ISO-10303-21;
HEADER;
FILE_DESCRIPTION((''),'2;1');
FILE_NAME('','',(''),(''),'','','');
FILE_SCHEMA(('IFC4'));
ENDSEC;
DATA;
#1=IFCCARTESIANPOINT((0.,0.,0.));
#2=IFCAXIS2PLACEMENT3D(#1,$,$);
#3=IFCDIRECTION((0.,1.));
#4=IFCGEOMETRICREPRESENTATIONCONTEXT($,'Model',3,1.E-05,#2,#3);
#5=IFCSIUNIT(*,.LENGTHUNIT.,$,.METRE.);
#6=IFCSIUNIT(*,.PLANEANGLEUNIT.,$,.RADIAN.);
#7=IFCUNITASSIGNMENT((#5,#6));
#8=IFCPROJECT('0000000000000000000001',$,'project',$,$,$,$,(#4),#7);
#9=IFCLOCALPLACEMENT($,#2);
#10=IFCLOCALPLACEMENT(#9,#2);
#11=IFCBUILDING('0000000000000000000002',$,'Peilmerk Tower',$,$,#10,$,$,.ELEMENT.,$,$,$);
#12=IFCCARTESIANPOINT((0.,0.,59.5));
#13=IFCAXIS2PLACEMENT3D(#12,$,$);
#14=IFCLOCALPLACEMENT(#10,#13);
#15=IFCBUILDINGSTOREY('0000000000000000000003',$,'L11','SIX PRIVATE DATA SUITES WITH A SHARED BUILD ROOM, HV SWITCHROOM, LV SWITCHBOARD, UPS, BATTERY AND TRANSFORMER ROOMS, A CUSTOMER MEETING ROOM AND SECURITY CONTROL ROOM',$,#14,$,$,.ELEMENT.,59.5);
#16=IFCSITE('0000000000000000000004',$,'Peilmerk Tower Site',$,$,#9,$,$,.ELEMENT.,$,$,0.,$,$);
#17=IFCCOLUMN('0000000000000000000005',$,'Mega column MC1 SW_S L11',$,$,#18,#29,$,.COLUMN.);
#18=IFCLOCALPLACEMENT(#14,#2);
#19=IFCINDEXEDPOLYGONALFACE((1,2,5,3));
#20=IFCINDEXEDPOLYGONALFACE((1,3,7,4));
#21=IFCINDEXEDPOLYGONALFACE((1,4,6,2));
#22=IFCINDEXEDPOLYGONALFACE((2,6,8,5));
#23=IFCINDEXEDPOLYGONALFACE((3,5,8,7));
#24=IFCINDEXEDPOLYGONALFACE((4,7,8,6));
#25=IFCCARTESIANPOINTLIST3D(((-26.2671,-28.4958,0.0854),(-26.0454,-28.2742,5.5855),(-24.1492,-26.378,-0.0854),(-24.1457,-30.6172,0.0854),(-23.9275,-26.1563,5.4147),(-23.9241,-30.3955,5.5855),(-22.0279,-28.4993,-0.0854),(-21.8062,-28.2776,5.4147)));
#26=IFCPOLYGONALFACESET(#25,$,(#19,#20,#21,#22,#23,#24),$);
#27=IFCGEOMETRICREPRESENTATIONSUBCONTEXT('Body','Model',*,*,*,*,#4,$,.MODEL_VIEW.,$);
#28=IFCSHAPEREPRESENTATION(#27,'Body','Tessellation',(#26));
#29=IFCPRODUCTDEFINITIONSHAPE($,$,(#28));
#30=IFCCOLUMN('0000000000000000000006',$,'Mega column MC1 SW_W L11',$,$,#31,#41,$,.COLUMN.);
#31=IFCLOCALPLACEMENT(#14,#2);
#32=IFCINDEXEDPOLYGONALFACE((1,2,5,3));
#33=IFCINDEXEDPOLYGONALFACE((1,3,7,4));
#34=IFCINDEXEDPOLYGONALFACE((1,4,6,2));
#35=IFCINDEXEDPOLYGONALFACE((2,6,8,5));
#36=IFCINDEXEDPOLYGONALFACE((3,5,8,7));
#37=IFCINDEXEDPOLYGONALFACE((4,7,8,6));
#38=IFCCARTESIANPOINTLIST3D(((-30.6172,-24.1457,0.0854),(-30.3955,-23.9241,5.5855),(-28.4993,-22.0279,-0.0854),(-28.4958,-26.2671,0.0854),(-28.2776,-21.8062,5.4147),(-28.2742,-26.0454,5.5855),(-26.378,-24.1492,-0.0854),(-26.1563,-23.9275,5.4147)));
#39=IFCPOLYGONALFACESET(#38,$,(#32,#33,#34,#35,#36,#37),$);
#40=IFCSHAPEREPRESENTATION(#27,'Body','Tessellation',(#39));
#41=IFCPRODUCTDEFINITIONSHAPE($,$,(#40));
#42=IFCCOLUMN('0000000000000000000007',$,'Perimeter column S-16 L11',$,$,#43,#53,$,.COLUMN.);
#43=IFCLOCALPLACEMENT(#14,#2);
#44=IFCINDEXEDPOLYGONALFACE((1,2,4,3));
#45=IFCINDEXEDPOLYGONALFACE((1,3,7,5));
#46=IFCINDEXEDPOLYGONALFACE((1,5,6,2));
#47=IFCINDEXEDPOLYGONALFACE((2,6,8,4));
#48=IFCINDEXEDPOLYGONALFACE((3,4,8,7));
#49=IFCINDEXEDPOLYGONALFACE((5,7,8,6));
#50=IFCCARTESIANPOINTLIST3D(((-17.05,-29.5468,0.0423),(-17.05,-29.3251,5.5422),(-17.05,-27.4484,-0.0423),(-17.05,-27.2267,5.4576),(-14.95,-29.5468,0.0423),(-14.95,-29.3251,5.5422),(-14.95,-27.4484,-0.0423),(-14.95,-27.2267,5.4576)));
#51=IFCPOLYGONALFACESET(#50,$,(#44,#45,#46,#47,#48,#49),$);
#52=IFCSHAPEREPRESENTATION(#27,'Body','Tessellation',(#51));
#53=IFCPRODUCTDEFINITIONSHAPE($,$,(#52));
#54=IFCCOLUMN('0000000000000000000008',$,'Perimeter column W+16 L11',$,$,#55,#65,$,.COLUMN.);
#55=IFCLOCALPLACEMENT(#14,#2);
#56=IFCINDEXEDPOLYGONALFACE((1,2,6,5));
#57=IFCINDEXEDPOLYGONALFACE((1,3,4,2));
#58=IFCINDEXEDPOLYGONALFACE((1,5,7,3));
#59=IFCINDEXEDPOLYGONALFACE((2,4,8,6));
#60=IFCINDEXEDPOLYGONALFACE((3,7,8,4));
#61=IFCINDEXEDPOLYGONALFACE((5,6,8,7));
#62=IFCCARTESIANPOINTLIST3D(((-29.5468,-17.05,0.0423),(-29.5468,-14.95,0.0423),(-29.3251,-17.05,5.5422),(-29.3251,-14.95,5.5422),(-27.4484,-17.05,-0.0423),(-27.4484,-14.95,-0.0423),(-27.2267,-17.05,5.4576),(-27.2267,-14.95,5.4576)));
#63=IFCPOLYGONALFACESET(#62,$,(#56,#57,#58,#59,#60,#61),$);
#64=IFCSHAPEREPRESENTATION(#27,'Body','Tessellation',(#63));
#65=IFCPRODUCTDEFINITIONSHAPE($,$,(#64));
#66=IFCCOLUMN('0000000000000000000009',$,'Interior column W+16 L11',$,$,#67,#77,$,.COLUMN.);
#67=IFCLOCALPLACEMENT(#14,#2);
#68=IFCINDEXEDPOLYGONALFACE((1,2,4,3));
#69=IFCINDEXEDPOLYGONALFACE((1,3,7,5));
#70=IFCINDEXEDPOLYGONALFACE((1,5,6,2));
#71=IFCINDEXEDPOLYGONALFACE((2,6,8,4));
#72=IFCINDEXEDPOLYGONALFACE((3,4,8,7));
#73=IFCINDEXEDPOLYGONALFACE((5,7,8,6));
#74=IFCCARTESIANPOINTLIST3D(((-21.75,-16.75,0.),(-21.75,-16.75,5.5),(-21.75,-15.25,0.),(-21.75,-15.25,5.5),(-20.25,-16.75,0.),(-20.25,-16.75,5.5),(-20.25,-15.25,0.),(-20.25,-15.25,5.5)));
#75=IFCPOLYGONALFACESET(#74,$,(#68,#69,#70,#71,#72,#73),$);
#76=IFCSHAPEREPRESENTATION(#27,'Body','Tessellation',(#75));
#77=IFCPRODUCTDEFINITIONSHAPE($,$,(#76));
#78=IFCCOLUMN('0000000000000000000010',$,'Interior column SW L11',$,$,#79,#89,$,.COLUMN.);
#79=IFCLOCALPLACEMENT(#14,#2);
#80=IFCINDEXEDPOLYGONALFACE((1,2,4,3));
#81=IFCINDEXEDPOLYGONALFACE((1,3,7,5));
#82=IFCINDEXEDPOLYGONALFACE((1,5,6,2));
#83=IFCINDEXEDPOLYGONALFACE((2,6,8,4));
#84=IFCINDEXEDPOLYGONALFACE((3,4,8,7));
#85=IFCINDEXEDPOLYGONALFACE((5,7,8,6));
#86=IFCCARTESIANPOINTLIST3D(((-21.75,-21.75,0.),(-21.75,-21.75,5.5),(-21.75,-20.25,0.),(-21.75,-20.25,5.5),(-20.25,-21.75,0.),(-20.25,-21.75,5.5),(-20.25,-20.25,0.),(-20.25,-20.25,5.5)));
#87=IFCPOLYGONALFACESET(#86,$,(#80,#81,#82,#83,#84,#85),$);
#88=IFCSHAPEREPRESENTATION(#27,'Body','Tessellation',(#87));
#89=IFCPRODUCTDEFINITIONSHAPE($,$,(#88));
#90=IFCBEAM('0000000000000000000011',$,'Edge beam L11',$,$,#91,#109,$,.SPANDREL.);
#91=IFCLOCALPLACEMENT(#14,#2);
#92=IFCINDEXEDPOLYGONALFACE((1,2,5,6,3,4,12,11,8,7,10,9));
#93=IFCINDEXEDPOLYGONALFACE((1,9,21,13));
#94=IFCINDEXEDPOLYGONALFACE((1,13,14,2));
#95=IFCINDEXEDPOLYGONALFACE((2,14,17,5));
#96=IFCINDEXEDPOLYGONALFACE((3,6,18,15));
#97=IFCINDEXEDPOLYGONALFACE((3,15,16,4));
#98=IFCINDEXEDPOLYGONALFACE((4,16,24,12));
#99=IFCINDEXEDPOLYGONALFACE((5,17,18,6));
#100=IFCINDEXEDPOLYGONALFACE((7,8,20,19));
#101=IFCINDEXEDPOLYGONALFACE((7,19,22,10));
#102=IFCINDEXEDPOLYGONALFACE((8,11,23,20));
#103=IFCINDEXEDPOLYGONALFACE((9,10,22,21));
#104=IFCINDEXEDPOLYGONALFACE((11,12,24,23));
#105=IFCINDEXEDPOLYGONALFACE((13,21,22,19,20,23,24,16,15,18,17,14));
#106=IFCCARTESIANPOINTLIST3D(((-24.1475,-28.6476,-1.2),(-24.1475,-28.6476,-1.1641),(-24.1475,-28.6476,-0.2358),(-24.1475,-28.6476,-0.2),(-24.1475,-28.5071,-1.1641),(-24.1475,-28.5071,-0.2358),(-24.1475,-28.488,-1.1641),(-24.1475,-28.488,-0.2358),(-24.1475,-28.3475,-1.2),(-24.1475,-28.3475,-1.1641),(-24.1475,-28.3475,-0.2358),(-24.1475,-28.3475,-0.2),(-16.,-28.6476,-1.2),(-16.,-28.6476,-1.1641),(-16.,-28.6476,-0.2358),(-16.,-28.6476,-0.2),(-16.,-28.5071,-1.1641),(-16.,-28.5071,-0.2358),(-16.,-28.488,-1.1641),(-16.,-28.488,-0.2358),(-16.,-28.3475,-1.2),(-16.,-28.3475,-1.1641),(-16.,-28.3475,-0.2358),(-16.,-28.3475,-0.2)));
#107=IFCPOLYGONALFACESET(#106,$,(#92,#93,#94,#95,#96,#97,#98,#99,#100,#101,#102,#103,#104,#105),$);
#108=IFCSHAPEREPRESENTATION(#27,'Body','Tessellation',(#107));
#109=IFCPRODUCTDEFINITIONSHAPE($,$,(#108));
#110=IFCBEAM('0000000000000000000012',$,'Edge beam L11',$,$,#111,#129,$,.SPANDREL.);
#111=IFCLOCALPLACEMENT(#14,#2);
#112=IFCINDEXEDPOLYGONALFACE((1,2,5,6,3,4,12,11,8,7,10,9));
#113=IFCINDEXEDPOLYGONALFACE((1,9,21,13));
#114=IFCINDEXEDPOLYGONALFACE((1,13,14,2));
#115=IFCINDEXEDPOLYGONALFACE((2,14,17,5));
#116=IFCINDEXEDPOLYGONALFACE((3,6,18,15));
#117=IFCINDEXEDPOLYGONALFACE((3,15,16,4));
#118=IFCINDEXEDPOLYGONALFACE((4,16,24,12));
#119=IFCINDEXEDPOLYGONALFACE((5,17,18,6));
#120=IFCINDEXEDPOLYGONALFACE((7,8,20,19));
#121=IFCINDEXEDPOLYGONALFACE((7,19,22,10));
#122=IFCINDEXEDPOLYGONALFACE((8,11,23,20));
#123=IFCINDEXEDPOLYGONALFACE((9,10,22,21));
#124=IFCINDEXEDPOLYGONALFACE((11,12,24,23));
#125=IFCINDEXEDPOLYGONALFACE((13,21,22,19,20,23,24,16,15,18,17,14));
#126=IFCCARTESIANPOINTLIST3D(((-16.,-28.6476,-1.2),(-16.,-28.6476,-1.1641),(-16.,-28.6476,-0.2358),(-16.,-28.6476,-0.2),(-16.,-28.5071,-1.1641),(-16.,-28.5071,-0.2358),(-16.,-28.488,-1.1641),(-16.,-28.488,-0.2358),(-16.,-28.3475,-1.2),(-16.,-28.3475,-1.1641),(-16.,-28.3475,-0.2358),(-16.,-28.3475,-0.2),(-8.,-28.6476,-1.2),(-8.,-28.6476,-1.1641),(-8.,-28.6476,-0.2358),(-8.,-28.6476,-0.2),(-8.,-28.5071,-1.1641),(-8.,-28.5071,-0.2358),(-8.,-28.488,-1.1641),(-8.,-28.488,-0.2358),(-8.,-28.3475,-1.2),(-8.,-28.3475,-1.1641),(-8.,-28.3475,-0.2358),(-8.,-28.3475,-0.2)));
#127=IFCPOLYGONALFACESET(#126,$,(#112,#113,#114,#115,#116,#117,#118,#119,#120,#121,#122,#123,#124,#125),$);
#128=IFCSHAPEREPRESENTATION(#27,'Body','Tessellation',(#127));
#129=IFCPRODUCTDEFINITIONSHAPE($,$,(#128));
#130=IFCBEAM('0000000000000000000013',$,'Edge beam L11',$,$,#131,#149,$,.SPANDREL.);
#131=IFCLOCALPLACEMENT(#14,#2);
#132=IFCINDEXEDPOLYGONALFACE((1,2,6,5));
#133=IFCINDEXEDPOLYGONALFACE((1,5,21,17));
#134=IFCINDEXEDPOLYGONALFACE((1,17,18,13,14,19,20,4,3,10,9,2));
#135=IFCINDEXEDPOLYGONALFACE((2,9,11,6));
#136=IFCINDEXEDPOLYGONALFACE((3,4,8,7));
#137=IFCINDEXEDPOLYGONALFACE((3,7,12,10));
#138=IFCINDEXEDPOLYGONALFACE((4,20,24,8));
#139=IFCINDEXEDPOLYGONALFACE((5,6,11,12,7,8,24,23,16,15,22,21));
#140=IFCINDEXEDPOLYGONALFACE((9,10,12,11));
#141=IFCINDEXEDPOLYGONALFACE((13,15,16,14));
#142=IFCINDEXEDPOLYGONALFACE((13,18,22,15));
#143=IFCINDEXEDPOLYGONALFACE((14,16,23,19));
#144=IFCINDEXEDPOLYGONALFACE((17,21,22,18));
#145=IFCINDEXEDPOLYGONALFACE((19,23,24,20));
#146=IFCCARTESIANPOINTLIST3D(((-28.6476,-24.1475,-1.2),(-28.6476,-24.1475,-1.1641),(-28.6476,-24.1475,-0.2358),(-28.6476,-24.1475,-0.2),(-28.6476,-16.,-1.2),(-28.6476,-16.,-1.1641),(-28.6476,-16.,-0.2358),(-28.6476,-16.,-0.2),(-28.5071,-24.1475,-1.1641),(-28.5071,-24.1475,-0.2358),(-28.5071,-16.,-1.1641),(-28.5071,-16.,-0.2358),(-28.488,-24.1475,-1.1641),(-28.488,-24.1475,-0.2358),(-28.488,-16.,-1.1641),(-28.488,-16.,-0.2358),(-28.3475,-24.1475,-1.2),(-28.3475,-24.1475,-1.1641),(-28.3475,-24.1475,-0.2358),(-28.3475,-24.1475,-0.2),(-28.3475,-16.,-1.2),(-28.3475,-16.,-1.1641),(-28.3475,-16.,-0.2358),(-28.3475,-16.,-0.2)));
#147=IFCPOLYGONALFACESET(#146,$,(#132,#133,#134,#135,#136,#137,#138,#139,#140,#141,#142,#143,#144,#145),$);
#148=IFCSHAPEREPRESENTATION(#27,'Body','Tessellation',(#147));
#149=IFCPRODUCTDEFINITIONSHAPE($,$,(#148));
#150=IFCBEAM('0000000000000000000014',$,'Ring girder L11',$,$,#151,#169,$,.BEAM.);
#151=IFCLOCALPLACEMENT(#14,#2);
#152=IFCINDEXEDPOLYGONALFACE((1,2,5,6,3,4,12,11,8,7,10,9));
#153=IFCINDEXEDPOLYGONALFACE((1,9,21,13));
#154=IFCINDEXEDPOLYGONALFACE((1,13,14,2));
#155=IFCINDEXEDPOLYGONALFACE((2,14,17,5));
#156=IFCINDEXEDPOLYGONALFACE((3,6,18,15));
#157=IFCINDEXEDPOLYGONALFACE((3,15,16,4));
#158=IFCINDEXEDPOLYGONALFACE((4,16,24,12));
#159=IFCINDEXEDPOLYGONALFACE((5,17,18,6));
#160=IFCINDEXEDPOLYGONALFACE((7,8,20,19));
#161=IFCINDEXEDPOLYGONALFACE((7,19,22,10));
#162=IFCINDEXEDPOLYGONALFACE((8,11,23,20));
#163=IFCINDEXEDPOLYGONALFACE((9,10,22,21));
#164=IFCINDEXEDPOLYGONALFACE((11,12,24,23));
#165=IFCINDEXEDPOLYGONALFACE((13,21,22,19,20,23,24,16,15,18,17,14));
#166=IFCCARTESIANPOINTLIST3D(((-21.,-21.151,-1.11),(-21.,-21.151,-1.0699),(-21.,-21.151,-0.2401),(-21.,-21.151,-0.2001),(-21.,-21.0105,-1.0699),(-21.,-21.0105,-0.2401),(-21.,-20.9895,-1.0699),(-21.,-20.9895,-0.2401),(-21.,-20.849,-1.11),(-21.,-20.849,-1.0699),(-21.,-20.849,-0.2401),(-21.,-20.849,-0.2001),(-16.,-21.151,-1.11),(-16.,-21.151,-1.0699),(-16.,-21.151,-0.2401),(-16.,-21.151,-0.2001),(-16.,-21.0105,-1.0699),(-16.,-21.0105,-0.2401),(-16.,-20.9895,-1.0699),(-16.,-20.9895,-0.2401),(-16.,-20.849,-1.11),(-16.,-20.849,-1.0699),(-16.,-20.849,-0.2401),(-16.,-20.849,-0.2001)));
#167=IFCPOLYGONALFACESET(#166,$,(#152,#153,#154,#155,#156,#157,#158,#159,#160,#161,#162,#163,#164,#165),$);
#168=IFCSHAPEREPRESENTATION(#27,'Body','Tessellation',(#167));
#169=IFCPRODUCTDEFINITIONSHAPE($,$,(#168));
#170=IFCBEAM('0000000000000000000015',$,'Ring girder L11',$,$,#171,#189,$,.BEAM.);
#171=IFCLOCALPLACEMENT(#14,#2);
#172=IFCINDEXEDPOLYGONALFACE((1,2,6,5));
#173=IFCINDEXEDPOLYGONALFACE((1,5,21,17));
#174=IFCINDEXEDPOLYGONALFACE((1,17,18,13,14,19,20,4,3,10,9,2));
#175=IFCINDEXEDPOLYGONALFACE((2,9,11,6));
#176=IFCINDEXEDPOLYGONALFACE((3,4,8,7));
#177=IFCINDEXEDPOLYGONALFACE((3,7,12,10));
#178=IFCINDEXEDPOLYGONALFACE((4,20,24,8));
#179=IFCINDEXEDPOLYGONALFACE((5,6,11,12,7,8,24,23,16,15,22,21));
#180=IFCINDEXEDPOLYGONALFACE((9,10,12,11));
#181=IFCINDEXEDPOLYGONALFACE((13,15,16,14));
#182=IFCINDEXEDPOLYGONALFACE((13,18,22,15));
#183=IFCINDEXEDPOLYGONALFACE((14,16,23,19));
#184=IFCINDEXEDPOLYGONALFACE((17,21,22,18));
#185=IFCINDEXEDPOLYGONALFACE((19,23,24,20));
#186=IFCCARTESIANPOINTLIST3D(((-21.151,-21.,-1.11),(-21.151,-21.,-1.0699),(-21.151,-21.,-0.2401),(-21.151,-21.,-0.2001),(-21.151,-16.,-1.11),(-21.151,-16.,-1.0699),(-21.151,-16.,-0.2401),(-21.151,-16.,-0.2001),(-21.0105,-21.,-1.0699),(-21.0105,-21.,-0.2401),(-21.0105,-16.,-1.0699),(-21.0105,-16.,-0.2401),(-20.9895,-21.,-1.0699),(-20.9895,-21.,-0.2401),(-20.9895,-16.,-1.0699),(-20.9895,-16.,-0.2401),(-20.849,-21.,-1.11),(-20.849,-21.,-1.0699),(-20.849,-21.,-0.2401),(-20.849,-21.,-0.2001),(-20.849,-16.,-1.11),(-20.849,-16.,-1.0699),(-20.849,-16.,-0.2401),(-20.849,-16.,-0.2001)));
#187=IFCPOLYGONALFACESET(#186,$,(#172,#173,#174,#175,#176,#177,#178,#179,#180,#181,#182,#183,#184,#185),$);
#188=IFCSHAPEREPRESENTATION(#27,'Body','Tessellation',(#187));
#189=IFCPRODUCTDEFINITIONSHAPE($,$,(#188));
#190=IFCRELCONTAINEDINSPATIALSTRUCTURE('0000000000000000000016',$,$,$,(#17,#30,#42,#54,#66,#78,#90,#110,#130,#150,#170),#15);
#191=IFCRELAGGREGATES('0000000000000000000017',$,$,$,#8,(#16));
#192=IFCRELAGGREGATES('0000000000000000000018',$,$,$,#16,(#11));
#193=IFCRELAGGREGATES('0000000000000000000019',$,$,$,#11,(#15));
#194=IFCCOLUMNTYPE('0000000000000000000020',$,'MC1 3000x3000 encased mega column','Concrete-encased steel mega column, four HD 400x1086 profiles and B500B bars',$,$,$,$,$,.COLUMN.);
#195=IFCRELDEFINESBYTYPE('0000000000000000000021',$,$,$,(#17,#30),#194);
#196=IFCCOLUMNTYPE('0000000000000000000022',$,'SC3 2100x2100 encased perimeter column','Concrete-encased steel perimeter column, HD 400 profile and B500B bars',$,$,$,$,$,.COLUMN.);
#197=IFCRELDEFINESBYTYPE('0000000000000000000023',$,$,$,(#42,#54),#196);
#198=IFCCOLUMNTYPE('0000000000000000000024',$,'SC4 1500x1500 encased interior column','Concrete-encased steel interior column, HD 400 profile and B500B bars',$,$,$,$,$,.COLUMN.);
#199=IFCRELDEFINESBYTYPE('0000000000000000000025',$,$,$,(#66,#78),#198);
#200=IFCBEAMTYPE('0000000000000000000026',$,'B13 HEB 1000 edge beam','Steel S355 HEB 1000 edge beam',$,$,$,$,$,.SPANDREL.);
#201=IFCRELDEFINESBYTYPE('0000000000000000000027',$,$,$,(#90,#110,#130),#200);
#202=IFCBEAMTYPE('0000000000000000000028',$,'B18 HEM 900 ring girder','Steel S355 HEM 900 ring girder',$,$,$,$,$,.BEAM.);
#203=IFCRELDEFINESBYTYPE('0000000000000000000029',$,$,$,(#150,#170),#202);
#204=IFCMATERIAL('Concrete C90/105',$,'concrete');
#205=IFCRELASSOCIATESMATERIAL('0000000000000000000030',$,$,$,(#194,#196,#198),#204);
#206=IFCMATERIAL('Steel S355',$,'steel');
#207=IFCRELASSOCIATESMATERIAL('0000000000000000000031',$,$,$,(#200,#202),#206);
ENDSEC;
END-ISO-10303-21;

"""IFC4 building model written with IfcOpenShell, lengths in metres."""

from ifc_helpers import new_model, si_unit, direction, frame, origin, origin_2d, place, context, subcontext, project, spatial, rectangle, i_section, extrude, material, material_profile, profile_set, type_object, element, save


model = new_model("IFC4")

# Units and contexts
model_context = context("Model", 3, precision=1e-05, world=origin(), true_north=direction((0.0, 1.0)))
body_context = subcontext(model_context, "Body", "Model", "MODEL_VIEW")
ifc_project = project(units=[si_unit("LENGTHUNIT", "METRE"), si_unit("PLANEANGLEUNIT", "RADIAN")], contexts=[model_context])

# Site, building, storey
site_placement = place(None, origin())
site = spatial("IfcSite", under=ifc_project, at=site_placement, Name="Peilmerk Tower Site", CompositionType="ELEMENT", RefElevation=0.0)
building_placement = place(site_placement, origin())
building = spatial("IfcBuilding", under=site, at=building_placement, Name="Peilmerk Tower", CompositionType="ELEMENT")
storey_placement = place(building_placement, frame((0.0, 0.0, 59.5)))
storey = spatial("IfcBuildingStorey", under=building, at=storey_placement, Name="L11", Description="SIX PRIVATE DATA SUITES WITH A SHARED BUILD ROOM, HV SWITCHROOM, LV SWITCHBOARD, UPS, BATTERY AND TRANSFORMER ROOMS, A CUSTOMER MEETING ROOM AND SECURITY CONTROL ROOM", CompositionType="ELEMENT", Elevation=59.5)

# Columns
ifc_material_1 = material(Name="Concrete C90/105", Category="concrete")
ifc_material_profile_1 = material_profile(ifc_material_1, rectangle(XDim=3.0, YDim=3.0, at=origin_2d()), Name="RC 3000x3000")
ifc_profile_set_1 = profile_set([ifc_material_profile_1], Name="Concrete C90/105")
column_type_1 = type_object("IfcColumnType", Name="MC1 3000x3000 encased mega column", Description="Concrete-encased steel mega column, four HD 400x1086 profiles and B500B bars", PredefinedType="COLUMN", material=ifc_profile_set_1)
for number, where, z_axis, x_axis, name in (
    (1, (-24.1475, -28.4976, 0.0), (0.04024, 0.04024, 0.998379), (-0.707107, 0.707107, 0.0), "Mega column MC1 SW_S L11"),
    (2, (-28.4976, -24.1475, 0.0), (0.04024, 0.04024, 0.998379), (-0.707107, 0.707107, 0.0), "Mega column MC1 SW_W L11"),
):
    element("IfcColumn", number, at=place(storey_placement, frame(where, z_axis=z_axis, x_axis=x_axis)), inside=storey, type_object=column_type_1, Name=name, PredefinedType="COLUMN", context=body_context, shape_type="SweptSolid", body=[
        extrude(rectangle(XDim=3.0, YDim=3.0, at=origin_2d()), origin(), (0.0, 0.0, 1.0), 5.509),
    ])
ifc_material_profile_2 = material_profile(ifc_material_1, rectangle(XDim=2.1001, YDim=2.1001, at=origin_2d()), Name="RC 2100x2100")
ifc_profile_set_2 = profile_set([ifc_material_profile_2], Name="Concrete C90/105")
column_type_2 = type_object("IfcColumnType", Name="SC3 2100x2100 encased perimeter column", Description="Concrete-encased steel perimeter column, HD 400 profile and B500B bars", PredefinedType="COLUMN", material=ifc_profile_set_2)
for number, where, z_axis, x_axis, name in (
    (3, (-16.0, -28.4976, 0.0), (0.0, 0.040273, 0.999189), (-1.0, 0.0, 0.0), "Perimeter column S-16 L11"),
    (4, (-28.4976, -16.0, 0.0), (0.040273, 0.0, 0.999189), (0.0, 1.0, 0.0), "Perimeter column W+16 L11"),
):
    element("IfcColumn", number, at=place(storey_placement, frame(where, z_axis=z_axis, x_axis=x_axis)), inside=storey, type_object=column_type_2, Name=name, PredefinedType="COLUMN", context=body_context, shape_type="SweptSolid", body=[
        extrude(rectangle(XDim=2.1001, YDim=2.1001, at=origin_2d()), origin(), (0.0, 0.0, 1.0), 5.5044),
    ])
ifc_material_profile_3 = material_profile(ifc_material_1, rectangle(XDim=1.5, YDim=1.5, at=origin_2d()), Name="RC 1500x1500")
ifc_profile_set_3 = profile_set([ifc_material_profile_3], Name="Concrete C90/105")
column_type_3 = type_object("IfcColumnType", Name="SC4 1500x1500 encased interior column", Description="Concrete-encased steel interior column, HD 400 profile and B500B bars", PredefinedType="COLUMN", material=ifc_profile_set_3)
for number, where, z_axis, x_axis, name in (
    (5, (-21.0, -16.0, 0.0), (0.0, 0.0, 1.0), (1.0, 0.0, 0.0), "Interior column W+16 L11"),
    (6, (-21.0, -21.0, 0.0), (0.0, 0.0, 1.0), (1.0, 0.0, 0.0), "Interior column SW L11"),
):
    element("IfcColumn", number, at=place(storey_placement, frame(where, z_axis=z_axis, x_axis=x_axis)), inside=storey, type_object=column_type_3, Name=name, PredefinedType="COLUMN", context=body_context, shape_type="SweptSolid", body=[
        extrude(rectangle(XDim=1.5, YDim=1.5, at=origin_2d()), origin(), (0.0, 0.0, 1.0), 5.5),
    ])

# Beams
ifc_material_2 = material(Name="Steel S355", Category="steel")
ifc_material_profile_4 = material_profile(ifc_material_2, i_section(OverallWidth=0.3, OverallDepth=1.0, WebThickness=0.019, FlangeThickness=0.0359, at=origin_2d()), Name="HEB 1000")
ifc_profile_set_4 = profile_set([ifc_material_profile_4], Name="Steel S355")
beam_type_1 = type_object("IfcBeamType", Name="B13 HEB 1000 edge beam", Description="Steel S355 HEB 1000 edge beam", PredefinedType="SPANDREL", material=ifc_profile_set_4)
beam_1_placement = place(storey_placement, frame((-24.1475, -28.4976, -0.7), z_axis=(1.0, 0.0, 0.0), x_axis=(0.0, 1.0, 0.0)))
element("IfcBeam", 7, at=beam_1_placement, inside=storey, type_object=beam_type_1, Name="Edge beam L11", PredefinedType="SPANDREL", context=body_context, shape_type="SweptSolid", body=[
    extrude(i_section(OverallWidth=0.3, OverallDepth=1.0, WebThickness=0.019, FlangeThickness=0.0359, at=origin_2d()), origin(), (0.0, 0.0, 1.0), 8.1475),
])
beam_2_placement = place(storey_placement, frame((-16.0, -28.4976, -0.7), z_axis=(1.0, 0.0, 0.0), x_axis=(0.0, 1.0, 0.0)))
element("IfcBeam", 8, at=beam_2_placement, inside=storey, type_object=beam_type_1, Name="Edge beam L11", PredefinedType="SPANDREL", context=body_context, shape_type="SweptSolid", body=[
    extrude(i_section(OverallWidth=0.3, OverallDepth=1.0, WebThickness=0.019, FlangeThickness=0.0359, at=origin_2d()), origin(), (0.0, 0.0, 1.0), 8.0),
])
beam_3_placement = place(storey_placement, frame((-28.4976, -16.0, -0.7), z_axis=(0.0, -1.0, 0.0), x_axis=(1.0, 0.0, 0.0)))
element("IfcBeam", 9, at=beam_3_placement, inside=storey, type_object=beam_type_1, Name="Edge beam L11", PredefinedType="SPANDREL", context=body_context, shape_type="SweptSolid", body=[
    extrude(i_section(OverallWidth=0.3, OverallDepth=1.0, WebThickness=0.019, FlangeThickness=0.0359, at=origin_2d()), origin(), (0.0, 0.0, 1.0), 8.1475),
])
ifc_material_profile_5 = material_profile(ifc_material_2, i_section(OverallWidth=0.302, OverallDepth=0.9099, WebThickness=0.021, FlangeThickness=0.04, at=origin_2d()), Name="HEM 900")
ifc_profile_set_5 = profile_set([ifc_material_profile_5], Name="Steel S355")
beam_type_2 = type_object("IfcBeamType", Name="B18 HEM 900 ring girder", Description="Steel S355 HEM 900 ring girder", PredefinedType="BEAM", material=ifc_profile_set_5)
for number, where, z_axis, x_axis, name in (
    (10, (-21.0, -21.0, -0.655), (1.0, 0.0, 0.0), (0.0, 1.0, 0.0), "Ring girder L11"),
    (11, (-21.0, -16.0, -0.655), (0.0, -1.0, 0.0), (1.0, 0.0, 0.0), "Ring girder L11"),
):
    element("IfcBeam", number, at=place(storey_placement, frame(where, z_axis=z_axis, x_axis=x_axis)), inside=storey, type_object=beam_type_2, Name=name, PredefinedType="BEAM", context=body_context, shape_type="SweptSolid", body=[
        extrude(i_section(OverallWidth=0.302, OverallDepth=0.9099, WebThickness=0.021, FlangeThickness=0.04, at=origin_2d()), origin(), (0.0, 0.0, 1.0), 5.0),
    ])

save(model, "model.ifc")
